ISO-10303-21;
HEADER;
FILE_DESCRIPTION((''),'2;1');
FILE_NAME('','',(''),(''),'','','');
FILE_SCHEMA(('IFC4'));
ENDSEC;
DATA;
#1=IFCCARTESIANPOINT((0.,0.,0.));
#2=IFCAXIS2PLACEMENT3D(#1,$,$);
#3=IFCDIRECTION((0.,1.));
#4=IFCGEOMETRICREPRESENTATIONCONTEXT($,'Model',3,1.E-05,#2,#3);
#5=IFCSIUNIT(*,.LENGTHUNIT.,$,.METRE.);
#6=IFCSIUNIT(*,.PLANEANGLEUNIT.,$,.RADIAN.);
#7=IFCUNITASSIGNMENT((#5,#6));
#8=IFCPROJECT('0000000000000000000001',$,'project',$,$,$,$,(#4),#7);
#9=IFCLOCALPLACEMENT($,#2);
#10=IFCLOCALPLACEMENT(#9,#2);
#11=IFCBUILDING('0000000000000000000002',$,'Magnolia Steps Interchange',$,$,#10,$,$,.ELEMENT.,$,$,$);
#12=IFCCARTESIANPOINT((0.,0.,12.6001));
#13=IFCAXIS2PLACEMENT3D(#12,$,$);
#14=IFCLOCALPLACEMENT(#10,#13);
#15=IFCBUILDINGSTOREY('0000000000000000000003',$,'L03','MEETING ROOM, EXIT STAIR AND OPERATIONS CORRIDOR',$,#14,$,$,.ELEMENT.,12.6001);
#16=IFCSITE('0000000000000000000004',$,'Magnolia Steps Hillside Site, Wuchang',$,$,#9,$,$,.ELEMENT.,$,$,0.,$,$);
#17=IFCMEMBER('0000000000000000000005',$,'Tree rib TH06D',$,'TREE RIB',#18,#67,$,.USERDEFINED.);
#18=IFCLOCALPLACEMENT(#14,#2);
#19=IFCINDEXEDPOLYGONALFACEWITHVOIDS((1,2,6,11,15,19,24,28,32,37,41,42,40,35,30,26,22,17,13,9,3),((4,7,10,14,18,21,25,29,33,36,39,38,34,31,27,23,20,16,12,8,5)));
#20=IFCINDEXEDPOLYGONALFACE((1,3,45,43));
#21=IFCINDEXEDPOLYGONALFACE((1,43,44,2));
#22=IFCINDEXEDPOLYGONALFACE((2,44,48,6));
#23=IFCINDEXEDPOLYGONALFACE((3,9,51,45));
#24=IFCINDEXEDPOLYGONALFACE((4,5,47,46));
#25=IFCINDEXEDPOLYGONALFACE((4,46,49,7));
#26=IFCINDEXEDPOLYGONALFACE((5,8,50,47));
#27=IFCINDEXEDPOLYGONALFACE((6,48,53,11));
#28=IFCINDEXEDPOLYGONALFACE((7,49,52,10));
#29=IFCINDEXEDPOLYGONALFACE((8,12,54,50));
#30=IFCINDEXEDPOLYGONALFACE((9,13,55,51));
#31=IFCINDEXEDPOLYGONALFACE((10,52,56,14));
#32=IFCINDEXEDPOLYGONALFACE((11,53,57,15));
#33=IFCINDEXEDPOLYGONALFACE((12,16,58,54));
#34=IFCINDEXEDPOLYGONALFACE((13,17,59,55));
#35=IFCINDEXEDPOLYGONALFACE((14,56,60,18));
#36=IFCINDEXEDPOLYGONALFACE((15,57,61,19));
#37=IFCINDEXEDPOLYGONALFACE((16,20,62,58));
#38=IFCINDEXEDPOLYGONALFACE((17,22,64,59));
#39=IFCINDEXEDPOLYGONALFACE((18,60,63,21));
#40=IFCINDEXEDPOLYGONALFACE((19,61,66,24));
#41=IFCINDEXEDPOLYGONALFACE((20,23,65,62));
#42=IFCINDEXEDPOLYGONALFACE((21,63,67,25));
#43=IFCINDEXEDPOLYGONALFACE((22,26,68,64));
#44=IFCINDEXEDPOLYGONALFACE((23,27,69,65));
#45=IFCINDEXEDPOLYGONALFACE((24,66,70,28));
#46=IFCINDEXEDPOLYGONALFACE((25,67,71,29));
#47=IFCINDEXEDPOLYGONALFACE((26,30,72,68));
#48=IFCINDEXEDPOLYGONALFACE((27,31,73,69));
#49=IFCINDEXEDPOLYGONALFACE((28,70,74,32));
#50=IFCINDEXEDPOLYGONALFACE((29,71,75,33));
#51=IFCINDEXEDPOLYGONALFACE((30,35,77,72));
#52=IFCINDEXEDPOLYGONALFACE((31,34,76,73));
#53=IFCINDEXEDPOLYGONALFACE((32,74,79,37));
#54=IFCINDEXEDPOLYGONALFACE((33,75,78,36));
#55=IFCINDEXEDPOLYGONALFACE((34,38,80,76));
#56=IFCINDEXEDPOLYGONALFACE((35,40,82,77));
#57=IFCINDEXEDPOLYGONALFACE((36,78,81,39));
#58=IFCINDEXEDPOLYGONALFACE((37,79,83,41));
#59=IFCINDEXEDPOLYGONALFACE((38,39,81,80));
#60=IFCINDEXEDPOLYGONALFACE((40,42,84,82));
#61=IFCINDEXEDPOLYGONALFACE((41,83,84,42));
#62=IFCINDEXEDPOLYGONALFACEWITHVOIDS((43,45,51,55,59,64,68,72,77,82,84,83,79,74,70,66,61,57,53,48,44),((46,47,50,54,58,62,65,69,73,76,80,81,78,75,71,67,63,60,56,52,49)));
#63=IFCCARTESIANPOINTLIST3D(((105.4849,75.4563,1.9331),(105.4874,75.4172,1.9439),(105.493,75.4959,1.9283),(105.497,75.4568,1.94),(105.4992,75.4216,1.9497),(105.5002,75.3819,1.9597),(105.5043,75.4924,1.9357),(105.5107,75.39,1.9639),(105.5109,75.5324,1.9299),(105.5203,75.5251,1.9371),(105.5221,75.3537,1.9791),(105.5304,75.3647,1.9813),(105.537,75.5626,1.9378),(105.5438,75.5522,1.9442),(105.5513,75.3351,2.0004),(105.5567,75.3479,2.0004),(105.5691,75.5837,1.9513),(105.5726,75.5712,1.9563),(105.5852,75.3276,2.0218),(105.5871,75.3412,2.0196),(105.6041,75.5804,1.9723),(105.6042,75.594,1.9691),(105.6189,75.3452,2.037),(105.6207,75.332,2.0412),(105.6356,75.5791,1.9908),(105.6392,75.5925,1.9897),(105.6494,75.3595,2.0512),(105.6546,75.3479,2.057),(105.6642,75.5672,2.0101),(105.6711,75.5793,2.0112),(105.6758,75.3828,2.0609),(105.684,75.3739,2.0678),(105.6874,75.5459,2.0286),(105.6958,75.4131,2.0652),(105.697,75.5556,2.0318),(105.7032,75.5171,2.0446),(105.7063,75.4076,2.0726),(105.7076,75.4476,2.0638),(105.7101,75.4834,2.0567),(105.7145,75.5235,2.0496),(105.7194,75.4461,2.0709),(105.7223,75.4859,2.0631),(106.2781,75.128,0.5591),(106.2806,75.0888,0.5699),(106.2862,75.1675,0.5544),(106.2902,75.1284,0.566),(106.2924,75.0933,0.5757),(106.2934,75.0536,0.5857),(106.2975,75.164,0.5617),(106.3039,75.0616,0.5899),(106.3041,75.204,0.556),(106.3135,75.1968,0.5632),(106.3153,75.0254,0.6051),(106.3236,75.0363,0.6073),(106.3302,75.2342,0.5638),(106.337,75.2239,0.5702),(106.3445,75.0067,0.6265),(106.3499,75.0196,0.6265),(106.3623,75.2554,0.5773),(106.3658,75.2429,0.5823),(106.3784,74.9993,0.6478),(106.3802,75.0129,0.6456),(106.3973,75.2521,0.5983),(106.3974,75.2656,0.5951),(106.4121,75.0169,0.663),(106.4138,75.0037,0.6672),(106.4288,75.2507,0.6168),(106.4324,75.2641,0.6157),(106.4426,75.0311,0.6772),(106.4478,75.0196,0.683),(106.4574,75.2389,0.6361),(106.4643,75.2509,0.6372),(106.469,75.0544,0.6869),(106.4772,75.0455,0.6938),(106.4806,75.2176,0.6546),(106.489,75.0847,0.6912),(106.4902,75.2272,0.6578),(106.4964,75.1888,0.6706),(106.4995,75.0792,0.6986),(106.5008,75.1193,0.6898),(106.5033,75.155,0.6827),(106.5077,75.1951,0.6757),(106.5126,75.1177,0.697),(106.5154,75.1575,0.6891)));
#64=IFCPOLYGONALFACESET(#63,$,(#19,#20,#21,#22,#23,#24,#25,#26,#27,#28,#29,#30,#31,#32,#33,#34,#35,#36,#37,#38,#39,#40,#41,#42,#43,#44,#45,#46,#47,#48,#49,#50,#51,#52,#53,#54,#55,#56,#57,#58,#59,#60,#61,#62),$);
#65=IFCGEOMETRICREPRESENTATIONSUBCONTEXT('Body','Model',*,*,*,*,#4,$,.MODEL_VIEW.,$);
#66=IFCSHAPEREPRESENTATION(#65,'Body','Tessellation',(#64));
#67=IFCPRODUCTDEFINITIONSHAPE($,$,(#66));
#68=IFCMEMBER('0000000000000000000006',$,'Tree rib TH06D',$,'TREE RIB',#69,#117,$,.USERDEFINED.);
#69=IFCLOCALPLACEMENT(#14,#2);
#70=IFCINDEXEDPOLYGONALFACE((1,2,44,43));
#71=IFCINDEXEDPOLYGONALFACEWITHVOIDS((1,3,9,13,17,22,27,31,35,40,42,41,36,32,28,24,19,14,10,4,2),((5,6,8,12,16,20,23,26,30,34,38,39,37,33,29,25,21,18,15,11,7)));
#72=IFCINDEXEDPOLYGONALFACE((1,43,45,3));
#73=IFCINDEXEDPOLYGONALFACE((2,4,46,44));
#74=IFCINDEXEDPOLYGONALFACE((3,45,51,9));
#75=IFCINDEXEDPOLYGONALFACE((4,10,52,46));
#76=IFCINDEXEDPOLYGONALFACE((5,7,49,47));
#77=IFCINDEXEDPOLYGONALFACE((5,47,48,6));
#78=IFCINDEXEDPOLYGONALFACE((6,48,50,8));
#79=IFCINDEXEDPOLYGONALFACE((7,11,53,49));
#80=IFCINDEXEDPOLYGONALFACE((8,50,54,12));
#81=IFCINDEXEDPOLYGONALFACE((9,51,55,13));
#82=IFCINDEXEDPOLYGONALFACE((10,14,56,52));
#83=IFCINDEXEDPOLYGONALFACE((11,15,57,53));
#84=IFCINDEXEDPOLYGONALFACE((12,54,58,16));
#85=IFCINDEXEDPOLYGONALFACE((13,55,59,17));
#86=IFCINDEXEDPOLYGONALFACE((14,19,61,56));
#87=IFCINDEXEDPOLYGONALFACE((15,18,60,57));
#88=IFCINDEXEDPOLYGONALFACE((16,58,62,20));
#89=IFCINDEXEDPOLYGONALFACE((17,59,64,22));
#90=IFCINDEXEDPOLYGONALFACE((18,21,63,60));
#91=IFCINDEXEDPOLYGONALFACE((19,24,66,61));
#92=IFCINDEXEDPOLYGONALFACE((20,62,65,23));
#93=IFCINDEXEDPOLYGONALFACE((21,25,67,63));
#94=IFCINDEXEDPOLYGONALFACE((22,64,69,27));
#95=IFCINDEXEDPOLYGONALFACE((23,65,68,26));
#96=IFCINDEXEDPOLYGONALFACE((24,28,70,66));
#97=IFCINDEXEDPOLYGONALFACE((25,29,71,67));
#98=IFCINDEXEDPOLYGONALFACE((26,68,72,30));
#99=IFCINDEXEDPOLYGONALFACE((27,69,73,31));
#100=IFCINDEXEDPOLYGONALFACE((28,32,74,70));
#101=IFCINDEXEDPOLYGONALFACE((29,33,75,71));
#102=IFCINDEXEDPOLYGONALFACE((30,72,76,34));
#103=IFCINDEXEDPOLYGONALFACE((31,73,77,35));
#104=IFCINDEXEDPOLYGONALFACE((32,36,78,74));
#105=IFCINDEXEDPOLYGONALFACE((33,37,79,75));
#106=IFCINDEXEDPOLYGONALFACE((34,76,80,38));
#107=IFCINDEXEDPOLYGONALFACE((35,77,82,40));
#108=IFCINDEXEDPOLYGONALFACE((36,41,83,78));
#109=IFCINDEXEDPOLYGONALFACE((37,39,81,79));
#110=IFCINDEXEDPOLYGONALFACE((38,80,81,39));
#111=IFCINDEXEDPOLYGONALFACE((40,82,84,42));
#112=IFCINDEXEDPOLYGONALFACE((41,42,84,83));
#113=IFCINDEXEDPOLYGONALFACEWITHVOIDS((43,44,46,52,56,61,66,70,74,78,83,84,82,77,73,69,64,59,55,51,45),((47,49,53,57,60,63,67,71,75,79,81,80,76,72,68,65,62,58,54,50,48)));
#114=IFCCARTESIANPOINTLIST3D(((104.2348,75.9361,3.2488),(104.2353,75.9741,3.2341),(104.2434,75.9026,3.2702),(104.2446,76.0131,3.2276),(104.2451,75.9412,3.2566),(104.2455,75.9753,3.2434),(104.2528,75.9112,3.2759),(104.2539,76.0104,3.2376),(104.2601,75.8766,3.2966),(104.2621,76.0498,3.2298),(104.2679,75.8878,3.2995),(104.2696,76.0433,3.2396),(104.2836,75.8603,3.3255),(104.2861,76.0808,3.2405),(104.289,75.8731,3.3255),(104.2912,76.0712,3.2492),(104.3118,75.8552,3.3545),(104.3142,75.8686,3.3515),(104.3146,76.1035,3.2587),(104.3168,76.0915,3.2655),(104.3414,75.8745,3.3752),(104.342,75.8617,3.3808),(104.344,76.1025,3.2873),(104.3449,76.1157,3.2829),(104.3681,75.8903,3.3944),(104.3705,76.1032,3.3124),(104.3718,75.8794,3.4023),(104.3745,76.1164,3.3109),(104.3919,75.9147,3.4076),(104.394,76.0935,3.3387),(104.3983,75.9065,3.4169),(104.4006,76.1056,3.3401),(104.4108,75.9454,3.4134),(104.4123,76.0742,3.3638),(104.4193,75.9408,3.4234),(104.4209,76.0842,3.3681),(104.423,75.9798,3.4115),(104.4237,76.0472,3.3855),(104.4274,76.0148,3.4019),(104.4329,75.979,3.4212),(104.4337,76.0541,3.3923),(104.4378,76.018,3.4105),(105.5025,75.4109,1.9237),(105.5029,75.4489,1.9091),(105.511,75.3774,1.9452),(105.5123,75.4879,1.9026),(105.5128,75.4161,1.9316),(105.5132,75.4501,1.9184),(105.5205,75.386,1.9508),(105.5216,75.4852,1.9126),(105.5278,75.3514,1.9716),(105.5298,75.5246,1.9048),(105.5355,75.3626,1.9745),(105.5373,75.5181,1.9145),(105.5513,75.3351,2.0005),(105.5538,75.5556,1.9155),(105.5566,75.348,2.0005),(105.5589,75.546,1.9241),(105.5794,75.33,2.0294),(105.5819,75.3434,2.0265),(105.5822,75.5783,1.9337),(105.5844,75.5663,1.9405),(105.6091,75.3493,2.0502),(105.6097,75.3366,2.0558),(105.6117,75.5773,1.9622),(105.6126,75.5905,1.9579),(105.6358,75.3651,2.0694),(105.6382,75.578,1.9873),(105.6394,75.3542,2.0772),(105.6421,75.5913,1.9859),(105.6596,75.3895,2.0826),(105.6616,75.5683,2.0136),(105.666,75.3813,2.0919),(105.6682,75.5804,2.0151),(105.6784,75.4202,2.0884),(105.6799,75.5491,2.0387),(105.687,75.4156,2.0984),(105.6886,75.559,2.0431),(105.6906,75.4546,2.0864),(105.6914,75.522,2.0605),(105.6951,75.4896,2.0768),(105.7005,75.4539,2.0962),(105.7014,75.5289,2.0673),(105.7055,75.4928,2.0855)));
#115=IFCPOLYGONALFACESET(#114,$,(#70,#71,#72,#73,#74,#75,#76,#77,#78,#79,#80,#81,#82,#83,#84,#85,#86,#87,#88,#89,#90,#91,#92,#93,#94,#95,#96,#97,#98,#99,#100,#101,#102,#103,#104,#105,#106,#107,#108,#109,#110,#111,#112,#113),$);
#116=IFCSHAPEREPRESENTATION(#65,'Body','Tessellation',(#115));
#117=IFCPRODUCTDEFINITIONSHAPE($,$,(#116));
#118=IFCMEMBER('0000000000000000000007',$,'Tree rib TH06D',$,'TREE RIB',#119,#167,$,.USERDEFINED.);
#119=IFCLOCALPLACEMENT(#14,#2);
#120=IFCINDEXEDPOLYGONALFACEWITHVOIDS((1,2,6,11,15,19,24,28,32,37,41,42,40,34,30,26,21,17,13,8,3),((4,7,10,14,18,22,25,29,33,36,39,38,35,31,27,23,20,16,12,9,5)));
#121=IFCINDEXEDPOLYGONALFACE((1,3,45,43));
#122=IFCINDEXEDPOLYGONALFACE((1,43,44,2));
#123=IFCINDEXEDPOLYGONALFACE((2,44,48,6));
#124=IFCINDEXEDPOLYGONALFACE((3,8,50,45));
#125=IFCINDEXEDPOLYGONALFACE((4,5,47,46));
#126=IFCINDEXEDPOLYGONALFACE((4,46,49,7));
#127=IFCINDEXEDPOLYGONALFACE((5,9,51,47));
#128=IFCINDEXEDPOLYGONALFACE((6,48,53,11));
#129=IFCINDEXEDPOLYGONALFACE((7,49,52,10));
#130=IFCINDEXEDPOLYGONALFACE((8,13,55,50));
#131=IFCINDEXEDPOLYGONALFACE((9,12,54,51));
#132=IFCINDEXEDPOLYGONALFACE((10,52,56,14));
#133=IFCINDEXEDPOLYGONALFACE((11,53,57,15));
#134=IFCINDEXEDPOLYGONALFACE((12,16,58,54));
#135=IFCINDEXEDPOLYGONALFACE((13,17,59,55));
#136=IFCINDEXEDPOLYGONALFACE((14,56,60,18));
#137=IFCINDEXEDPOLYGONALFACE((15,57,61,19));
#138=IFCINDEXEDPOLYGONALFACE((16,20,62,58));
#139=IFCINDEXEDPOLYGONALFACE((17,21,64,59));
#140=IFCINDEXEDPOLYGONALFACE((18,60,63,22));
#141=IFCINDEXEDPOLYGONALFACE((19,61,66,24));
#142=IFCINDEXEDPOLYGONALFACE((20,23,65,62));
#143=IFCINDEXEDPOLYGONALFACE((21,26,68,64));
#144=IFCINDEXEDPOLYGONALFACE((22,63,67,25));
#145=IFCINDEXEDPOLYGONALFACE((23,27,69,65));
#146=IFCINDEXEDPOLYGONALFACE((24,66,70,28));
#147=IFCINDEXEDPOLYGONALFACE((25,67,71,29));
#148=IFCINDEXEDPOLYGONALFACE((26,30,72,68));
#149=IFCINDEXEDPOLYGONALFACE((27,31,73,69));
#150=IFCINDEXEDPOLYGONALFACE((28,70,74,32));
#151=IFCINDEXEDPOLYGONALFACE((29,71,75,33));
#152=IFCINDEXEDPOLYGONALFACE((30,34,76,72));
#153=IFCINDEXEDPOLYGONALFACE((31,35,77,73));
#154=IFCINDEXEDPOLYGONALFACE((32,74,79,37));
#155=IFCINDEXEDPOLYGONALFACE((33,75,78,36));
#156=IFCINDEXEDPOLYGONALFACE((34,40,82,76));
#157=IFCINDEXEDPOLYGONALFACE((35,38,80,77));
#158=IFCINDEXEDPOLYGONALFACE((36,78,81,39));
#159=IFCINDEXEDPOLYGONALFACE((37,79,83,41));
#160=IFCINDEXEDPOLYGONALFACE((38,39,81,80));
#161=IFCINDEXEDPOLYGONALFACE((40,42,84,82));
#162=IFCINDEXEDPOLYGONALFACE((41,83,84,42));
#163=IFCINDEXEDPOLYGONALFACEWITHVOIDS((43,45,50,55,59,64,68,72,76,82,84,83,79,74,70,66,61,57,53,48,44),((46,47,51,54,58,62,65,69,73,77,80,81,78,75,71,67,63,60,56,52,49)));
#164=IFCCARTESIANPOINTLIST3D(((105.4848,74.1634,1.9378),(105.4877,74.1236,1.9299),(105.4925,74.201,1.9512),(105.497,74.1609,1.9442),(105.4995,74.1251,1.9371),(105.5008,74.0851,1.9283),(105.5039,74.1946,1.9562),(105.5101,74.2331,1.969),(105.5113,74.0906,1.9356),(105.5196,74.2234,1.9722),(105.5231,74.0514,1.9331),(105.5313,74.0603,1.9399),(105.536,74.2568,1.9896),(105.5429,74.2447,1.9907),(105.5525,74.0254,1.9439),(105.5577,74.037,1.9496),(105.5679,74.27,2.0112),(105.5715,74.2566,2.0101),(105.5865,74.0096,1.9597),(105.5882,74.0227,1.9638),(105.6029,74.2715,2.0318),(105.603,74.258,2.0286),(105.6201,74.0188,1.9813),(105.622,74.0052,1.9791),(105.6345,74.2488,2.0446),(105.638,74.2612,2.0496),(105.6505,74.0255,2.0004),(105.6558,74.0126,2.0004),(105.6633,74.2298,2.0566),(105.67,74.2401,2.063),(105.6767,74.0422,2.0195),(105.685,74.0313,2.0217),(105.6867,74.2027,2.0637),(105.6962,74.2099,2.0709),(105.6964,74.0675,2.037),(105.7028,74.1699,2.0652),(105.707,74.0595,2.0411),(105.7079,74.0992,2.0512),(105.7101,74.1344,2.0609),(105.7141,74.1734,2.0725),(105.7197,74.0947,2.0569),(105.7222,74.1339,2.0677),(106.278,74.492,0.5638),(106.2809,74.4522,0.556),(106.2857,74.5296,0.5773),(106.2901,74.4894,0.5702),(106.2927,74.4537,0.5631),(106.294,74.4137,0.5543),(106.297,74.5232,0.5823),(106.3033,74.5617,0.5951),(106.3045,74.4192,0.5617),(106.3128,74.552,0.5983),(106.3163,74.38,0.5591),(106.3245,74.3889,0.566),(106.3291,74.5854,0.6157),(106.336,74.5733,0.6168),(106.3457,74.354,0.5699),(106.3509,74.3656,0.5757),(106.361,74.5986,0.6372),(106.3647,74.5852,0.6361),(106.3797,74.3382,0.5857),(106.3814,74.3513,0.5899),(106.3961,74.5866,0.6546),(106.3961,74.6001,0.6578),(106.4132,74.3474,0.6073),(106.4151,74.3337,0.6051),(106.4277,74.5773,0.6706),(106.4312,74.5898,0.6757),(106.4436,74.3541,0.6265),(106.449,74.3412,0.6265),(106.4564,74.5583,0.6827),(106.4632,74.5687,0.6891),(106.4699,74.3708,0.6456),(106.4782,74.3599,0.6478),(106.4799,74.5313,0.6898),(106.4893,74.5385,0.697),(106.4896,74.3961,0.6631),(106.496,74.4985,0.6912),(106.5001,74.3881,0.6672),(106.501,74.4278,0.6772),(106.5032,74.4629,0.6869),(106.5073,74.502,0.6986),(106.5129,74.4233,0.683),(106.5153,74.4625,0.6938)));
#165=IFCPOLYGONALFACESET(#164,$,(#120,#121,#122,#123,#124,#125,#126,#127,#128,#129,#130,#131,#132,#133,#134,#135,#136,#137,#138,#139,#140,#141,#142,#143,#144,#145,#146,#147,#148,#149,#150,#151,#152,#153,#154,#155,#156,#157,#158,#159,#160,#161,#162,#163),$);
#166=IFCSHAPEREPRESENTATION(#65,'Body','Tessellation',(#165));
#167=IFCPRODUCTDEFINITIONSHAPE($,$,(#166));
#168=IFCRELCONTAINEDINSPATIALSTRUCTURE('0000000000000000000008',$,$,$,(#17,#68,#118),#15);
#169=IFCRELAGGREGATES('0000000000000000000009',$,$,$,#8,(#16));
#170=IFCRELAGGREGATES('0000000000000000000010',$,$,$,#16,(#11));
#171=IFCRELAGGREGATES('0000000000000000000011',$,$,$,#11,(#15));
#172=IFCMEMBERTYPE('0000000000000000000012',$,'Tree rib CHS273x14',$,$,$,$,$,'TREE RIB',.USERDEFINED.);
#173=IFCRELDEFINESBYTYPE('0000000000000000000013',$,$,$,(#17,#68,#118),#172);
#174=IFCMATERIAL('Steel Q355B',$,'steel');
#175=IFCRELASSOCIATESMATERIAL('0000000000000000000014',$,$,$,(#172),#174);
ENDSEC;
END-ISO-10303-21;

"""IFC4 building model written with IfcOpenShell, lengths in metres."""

from ifc_helpers import new_model, si_unit, direction, frame, origin, origin_2d, place, context, subcontext, project, spatial, hollow_circle, extrude, material, material_profile, profile_set, type_object, element, save


model = new_model("IFC4")

# Units and contexts
model_context = context("Model", 3, precision=1e-05, world=origin(), true_north=direction((0.0, 1.0)))
body_context = subcontext(model_context, "Body", "Model", "MODEL_VIEW")
ifc_project = project(units=[si_unit("LENGTHUNIT", "METRE"), si_unit("PLANEANGLEUNIT", "RADIAN")], contexts=[model_context])

# Site, building, storey
site_placement = place(None, origin())
site = spatial("IfcSite", under=ifc_project, at=site_placement, Name="Magnolia Steps Hillside Site, Wuchang", CompositionType="ELEMENT", RefElevation=0.0)
building_placement = place(site_placement, origin())
building = spatial("IfcBuilding", under=site, at=building_placement, Name="Magnolia Steps Interchange", CompositionType="ELEMENT")
storey_placement = place(building_placement, frame((0.0, 0.0, 12.6001)))
storey = spatial("IfcBuildingStorey", under=building, at=storey_placement, Name="L03", Description="MEETING ROOM, EXIT STAIR AND OPERATIONS CORRIDOR", CompositionType="ELEMENT", Elevation=12.6001)

# Members
ifc_material_1 = material(Name="Steel Q355B", Category="steel")
ifc_material_profile_1 = material_profile(ifc_material_1, hollow_circle(Radius=0.1365, WallThickness=0.0139, at=origin_2d()), Name="CHS273x14")
ifc_profile_set_1 = profile_set([ifc_material_profile_1], Name="Steel Q355B")
member_type_1 = type_object("IfcMemberType", Name="Tree rib CHS273x14", ElementType="TREE RIB", PredefinedType="USERDEFINED", material=ifc_profile_set_1)
for number, where, z_axis, x_axis, name in (
    (1, (106.3967, 75.1328, 0.6265), (-0.489586, 0.202676, 0.848073), (-0.382494, -0.923958, 0.0), "Tree rib TH06D"),
):
    element("IfcMember", number, at=place(storey_placement, frame(where, z_axis=z_axis, x_axis=x_axis)), inside=storey, type_object=member_type_1, Name=name, ObjectType="TREE RIB", PredefinedType="USERDEFINED", context=body_context, shape_type="SweptSolid", body=[
        extrude(hollow_circle(Radius=0.1365, WallThickness=0.0139, at=origin_2d()), origin(), (0.0, 0.0, 1.0), 1.6201),
    ])
member_1_placement = place(storey_placement, frame((105.6035, 75.4612, 2.0005), z_axis=(-0.664571, 0.275326, 0.694651), x_axis=(-0.382745, -0.923854, 0.0)))
element("IfcMember", 2, at=member_1_placement, inside=storey, type_object=member_type_1, Name="Tree rib TH06D", ObjectType="TREE RIB", PredefinedType="USERDEFINED", context=body_context, shape_type="SweptSolid", body=[
    extrude(hollow_circle(Radius=0.1365, WallThickness=0.0139, at=origin_2d()), origin(), (0.0, 0.0, 1.0), 1.9075),
])
member_2_placement = place(storey_placement, frame((106.3967, 74.4673, 0.6265), z_axis=(-0.489571, -0.20282, 0.848047), x_axis=(0.382737, -0.923857, 0.0)))
element("IfcMember", 3, at=member_2_placement, inside=storey, type_object=member_type_1, Name="Tree rib TH06D", ObjectType="TREE RIB", PredefinedType="USERDEFINED", context=body_context, shape_type="SweptSolid", body=[
    extrude(hollow_circle(Radius=0.1365, WallThickness=0.0139, at=origin_2d()), origin(), (0.0, 0.0, 1.0), 1.6201),
])

save(model, "model.ifc")
